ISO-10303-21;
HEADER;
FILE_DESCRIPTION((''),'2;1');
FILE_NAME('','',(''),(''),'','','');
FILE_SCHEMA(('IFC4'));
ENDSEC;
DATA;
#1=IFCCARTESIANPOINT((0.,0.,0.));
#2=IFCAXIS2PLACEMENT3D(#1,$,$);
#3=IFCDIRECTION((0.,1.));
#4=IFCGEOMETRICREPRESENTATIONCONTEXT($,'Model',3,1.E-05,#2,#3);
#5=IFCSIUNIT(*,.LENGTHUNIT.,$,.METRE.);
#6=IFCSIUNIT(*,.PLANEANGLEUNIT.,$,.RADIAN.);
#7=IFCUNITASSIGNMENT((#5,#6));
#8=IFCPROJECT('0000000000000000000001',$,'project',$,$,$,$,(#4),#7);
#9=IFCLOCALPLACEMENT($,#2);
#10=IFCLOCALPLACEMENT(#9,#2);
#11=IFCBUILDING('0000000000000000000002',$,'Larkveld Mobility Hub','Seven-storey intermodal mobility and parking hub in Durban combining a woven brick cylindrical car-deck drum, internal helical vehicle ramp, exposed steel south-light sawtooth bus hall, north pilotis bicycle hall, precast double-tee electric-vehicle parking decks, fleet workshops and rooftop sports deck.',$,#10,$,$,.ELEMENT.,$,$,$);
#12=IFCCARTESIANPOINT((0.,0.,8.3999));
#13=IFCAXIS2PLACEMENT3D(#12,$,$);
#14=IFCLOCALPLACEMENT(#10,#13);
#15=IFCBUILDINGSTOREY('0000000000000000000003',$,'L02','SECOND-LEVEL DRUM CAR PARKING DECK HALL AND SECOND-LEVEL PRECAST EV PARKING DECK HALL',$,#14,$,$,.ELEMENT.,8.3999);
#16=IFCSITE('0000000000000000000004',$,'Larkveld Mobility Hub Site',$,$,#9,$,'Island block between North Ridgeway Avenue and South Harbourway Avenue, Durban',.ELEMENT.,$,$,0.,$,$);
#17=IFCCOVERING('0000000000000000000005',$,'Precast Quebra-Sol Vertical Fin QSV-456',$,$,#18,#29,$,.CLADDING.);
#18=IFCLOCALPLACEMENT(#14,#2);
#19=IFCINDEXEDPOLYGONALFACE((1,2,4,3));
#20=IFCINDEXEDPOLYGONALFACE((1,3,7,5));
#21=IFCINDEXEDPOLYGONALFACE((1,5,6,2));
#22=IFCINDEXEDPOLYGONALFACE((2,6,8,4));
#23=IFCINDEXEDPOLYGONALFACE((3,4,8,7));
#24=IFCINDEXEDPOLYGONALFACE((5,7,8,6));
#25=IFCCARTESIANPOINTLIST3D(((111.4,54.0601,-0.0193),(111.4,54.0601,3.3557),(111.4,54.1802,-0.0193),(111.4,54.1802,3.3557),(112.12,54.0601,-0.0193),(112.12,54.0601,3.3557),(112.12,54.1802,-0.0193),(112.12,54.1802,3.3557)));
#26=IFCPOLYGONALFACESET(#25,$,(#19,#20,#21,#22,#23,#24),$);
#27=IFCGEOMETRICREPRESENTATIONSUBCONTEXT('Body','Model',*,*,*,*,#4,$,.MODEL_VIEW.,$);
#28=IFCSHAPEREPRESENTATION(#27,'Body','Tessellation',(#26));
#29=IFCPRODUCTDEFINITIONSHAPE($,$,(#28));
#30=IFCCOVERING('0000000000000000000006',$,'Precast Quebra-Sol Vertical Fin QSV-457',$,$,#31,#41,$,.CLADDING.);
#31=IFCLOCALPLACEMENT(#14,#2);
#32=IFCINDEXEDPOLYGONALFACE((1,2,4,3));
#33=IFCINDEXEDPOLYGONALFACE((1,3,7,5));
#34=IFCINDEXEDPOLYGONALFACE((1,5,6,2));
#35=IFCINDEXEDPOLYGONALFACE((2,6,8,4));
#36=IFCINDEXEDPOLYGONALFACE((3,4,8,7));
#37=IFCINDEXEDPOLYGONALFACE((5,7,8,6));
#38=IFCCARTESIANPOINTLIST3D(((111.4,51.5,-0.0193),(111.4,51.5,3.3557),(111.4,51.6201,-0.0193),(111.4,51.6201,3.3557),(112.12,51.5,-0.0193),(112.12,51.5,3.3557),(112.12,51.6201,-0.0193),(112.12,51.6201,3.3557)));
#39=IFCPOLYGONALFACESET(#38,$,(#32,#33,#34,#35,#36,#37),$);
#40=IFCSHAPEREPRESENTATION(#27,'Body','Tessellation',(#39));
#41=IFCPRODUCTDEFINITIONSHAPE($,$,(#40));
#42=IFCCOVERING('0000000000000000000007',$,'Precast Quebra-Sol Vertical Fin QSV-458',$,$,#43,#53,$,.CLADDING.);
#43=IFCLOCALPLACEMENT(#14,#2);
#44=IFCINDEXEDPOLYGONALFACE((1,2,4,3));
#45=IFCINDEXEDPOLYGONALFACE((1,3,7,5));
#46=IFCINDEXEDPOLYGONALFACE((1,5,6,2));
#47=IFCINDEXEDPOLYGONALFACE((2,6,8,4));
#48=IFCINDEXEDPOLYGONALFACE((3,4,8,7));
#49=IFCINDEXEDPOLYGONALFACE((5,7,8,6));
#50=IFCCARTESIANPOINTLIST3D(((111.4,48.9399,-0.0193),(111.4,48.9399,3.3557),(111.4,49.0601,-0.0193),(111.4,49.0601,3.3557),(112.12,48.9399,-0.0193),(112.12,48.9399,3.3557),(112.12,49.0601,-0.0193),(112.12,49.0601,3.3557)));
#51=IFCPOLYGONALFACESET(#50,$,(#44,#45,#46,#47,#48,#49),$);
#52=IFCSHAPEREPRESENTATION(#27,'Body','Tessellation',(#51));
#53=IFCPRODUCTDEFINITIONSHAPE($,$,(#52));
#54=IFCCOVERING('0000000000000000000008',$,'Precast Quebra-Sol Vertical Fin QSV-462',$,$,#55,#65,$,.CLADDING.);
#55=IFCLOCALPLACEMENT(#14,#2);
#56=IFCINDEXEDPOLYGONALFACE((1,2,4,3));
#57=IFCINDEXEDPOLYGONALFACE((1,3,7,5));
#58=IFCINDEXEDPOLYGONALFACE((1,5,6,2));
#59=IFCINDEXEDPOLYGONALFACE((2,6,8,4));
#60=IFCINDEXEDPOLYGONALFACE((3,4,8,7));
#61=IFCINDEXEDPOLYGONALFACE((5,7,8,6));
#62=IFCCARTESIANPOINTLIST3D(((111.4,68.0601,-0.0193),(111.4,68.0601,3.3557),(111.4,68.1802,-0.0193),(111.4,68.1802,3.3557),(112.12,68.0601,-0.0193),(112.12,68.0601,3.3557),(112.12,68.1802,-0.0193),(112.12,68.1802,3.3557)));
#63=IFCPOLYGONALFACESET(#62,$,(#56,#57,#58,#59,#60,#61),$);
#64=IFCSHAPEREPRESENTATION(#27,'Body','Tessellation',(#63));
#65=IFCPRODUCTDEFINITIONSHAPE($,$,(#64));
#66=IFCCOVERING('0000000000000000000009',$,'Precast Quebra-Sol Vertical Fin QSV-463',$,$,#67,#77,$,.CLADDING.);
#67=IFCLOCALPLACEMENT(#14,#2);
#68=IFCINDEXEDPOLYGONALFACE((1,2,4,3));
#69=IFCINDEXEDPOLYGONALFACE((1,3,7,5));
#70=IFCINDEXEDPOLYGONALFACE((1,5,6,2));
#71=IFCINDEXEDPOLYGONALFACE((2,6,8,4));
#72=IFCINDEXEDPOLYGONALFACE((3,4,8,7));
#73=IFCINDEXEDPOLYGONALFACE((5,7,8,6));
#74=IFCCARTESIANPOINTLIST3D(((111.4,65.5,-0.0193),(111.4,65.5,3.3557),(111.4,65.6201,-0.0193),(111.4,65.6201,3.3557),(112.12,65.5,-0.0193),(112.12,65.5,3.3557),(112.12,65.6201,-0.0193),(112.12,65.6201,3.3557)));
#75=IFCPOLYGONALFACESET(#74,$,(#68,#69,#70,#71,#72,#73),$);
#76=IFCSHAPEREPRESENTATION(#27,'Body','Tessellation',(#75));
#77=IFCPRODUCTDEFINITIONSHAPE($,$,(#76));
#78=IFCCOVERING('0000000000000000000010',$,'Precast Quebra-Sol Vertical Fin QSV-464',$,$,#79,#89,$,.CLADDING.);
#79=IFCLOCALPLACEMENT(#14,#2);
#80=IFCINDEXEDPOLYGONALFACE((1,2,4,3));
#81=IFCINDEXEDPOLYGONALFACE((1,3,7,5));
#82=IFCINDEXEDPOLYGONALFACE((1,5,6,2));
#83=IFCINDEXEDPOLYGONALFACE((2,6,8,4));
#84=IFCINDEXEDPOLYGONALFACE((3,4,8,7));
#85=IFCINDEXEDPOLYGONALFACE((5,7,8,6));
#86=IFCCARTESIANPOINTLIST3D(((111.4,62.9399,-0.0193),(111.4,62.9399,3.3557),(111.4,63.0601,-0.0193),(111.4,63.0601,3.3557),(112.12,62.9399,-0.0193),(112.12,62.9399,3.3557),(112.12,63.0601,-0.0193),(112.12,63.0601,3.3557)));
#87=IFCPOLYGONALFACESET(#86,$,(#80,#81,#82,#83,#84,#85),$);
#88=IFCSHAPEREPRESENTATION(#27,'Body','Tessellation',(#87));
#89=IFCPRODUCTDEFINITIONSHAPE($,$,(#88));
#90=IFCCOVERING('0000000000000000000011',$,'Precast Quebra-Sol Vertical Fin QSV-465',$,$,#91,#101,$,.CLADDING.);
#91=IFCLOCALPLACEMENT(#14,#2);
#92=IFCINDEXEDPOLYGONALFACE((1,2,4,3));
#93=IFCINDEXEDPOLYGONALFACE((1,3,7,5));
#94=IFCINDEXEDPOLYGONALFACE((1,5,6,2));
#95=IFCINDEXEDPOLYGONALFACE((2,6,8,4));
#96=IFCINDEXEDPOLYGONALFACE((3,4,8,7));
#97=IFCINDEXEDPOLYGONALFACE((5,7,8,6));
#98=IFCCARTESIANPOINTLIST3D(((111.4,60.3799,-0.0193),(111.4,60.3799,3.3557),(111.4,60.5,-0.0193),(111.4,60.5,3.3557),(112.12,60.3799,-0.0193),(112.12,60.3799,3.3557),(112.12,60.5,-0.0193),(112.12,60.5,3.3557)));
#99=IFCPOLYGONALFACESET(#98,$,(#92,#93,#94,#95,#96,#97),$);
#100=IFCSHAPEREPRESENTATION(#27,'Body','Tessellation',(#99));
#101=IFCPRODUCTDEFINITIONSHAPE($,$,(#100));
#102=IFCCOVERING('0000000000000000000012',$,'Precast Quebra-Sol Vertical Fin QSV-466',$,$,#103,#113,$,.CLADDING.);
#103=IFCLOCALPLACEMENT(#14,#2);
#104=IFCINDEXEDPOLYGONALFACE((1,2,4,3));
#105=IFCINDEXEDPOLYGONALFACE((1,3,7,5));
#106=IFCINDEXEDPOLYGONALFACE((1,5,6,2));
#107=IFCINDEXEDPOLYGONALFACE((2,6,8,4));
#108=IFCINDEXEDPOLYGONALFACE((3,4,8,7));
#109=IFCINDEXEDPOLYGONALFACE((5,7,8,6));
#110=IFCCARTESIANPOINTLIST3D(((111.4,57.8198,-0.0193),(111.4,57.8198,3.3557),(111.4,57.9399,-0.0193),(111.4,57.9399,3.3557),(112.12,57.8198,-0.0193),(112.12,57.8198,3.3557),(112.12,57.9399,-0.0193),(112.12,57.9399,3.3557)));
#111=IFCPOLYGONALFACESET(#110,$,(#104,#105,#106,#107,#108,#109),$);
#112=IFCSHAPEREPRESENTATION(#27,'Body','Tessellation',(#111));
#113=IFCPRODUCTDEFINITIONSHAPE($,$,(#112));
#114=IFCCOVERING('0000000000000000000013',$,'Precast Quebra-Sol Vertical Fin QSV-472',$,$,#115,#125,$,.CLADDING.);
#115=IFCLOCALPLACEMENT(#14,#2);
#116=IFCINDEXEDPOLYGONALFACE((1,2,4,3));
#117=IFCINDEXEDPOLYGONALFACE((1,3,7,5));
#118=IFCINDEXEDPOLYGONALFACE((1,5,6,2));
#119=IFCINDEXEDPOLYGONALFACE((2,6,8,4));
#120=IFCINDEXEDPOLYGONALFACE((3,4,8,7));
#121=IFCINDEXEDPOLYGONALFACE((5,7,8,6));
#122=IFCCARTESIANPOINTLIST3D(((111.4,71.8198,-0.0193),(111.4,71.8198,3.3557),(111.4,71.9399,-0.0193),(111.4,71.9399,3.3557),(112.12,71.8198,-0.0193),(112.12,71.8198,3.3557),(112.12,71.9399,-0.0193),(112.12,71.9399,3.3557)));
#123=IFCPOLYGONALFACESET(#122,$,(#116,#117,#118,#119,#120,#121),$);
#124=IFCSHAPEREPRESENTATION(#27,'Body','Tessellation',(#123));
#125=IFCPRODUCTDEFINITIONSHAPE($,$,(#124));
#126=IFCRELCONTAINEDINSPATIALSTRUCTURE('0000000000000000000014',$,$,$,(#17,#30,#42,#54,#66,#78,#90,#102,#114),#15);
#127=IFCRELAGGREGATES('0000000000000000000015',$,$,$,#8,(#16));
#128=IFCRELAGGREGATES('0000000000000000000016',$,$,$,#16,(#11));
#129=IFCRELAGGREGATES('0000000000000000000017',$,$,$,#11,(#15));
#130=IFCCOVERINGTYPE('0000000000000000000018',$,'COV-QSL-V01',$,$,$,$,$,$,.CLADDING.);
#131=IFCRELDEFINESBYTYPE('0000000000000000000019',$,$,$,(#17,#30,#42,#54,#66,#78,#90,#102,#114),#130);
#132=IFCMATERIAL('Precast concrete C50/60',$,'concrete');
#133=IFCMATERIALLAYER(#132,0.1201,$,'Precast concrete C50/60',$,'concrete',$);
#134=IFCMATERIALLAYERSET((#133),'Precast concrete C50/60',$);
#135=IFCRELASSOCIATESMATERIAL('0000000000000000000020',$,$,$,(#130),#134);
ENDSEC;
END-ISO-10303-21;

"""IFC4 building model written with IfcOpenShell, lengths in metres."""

from ifc_helpers import new_model, si_unit, direction, frame, origin, origin_2d, place, context, subcontext, project, spatial, rectangle, extrude, material, layer, layer_set, type_object, element, save


model = new_model("IFC4")

# Units and contexts
model_context = context("Model", 3, precision=1e-05, world=origin(), true_north=direction((0.0, 1.0)))
body_context = subcontext(model_context, "Body", "Model", "MODEL_VIEW")
ifc_project = project(units=[si_unit("LENGTHUNIT", "METRE"), si_unit("PLANEANGLEUNIT", "RADIAN")], contexts=[model_context])

# Site, building, storey
site_placement = place(None, origin())
site = spatial("IfcSite", under=ifc_project, at=site_placement, Name="Larkveld Mobility Hub Site", LongName="Island block between North Ridgeway Avenue and South Harbourway Avenue, Durban", CompositionType="ELEMENT", RefElevation=0.0)
building_placement = place(site_placement, origin())
building = spatial("IfcBuilding", under=site, at=building_placement, Name="Larkveld Mobility Hub", Description="Seven-storey intermodal mobility and parking hub in Durban combining a woven brick cylindrical car-deck drum, internal helical vehicle ramp, exposed steel south-light sawtooth bus hall, north pilotis bicycle hall, precast double-tee electric-vehicle parking decks, fleet workshops and rooftop sports deck.", CompositionType="ELEMENT")
storey_placement = place(building_placement, frame((0.0, 0.0, 8.3999)))
storey = spatial("IfcBuildingStorey", under=building, at=storey_placement, Name="L02", Description="SECOND-LEVEL DRUM CAR PARKING DECK HALL AND SECOND-LEVEL PRECAST EV PARKING DECK HALL", CompositionType="ELEMENT", Elevation=8.3999)

# Shared definitions
ifc_material_1 = material(Name="Precast concrete C50/60", Category="concrete")

# Coverings
ifc_layer_1 = layer(ifc_material_1, 0.1201, Name="Precast concrete C50/60", Category="concrete")
ifc_layer_set_1 = layer_set([ifc_layer_1], Name="Precast concrete C50/60")
covering_type_1 = type_object("IfcCoveringType", Name="COV-QSL-V01", PredefinedType="CLADDING", material=ifc_layer_set_1)
for number, where, z_axis, x_axis, name in (
    (1, (111.76, 54.1201, -0.0193), (0.0, 0.0, 1.0), (0.0, -1.0, 0.0), "Precast Quebra-Sol Vertical Fin QSV-456"),
    (2, (111.76, 51.5601, -0.0193), (0.0, 0.0, 1.0), (0.0, -1.0, 0.0), "Precast Quebra-Sol Vertical Fin QSV-457"),
    (3, (111.76, 49.0, -0.0193), (0.0, 0.0, 1.0), (0.0, -1.0, 0.0), "Precast Quebra-Sol Vertical Fin QSV-458"),
    (4, (111.76, 68.1201, -0.0193), (0.0, 0.0, 1.0), (0.0, -1.0, 0.0), "Precast Quebra-Sol Vertical Fin QSV-462"),
    (5, (111.76, 65.5601, -0.0193), (0.0, 0.0, 1.0), (0.0, -1.0, 0.0), "Precast Quebra-Sol Vertical Fin QSV-463"),
    (6, (111.76, 63.0, -0.0193), (0.0, 0.0, 1.0), (0.0, -1.0, 0.0), "Precast Quebra-Sol Vertical Fin QSV-464"),
    (7, (111.76, 60.4399, -0.0193), (0.0, 0.0, 1.0), (0.0, -1.0, 0.0), "Precast Quebra-Sol Vertical Fin QSV-465"),
    (8, (111.76, 57.8799, -0.0193), (0.0, 0.0, 1.0), (0.0, -1.0, 0.0), "Precast Quebra-Sol Vertical Fin QSV-466"),
    (9, (111.76, 71.8799, -0.0193), (0.0, 0.0, 1.0), (0.0, -1.0, 0.0), "Precast Quebra-Sol Vertical Fin QSV-472"),
):
    element("IfcCovering", number, at=place(storey_placement, frame(where, z_axis=z_axis, x_axis=x_axis)), inside=storey, type_object=covering_type_1, Name=name, PredefinedType="CLADDING", context=body_context, shape_type="SweptSolid", body=[
        extrude(rectangle(XDim=0.1201, YDim=0.72, at=origin_2d()), origin(), (0.0, 0.0, 1.0), 3.375),
    ])

save(model, "model.ifc")
